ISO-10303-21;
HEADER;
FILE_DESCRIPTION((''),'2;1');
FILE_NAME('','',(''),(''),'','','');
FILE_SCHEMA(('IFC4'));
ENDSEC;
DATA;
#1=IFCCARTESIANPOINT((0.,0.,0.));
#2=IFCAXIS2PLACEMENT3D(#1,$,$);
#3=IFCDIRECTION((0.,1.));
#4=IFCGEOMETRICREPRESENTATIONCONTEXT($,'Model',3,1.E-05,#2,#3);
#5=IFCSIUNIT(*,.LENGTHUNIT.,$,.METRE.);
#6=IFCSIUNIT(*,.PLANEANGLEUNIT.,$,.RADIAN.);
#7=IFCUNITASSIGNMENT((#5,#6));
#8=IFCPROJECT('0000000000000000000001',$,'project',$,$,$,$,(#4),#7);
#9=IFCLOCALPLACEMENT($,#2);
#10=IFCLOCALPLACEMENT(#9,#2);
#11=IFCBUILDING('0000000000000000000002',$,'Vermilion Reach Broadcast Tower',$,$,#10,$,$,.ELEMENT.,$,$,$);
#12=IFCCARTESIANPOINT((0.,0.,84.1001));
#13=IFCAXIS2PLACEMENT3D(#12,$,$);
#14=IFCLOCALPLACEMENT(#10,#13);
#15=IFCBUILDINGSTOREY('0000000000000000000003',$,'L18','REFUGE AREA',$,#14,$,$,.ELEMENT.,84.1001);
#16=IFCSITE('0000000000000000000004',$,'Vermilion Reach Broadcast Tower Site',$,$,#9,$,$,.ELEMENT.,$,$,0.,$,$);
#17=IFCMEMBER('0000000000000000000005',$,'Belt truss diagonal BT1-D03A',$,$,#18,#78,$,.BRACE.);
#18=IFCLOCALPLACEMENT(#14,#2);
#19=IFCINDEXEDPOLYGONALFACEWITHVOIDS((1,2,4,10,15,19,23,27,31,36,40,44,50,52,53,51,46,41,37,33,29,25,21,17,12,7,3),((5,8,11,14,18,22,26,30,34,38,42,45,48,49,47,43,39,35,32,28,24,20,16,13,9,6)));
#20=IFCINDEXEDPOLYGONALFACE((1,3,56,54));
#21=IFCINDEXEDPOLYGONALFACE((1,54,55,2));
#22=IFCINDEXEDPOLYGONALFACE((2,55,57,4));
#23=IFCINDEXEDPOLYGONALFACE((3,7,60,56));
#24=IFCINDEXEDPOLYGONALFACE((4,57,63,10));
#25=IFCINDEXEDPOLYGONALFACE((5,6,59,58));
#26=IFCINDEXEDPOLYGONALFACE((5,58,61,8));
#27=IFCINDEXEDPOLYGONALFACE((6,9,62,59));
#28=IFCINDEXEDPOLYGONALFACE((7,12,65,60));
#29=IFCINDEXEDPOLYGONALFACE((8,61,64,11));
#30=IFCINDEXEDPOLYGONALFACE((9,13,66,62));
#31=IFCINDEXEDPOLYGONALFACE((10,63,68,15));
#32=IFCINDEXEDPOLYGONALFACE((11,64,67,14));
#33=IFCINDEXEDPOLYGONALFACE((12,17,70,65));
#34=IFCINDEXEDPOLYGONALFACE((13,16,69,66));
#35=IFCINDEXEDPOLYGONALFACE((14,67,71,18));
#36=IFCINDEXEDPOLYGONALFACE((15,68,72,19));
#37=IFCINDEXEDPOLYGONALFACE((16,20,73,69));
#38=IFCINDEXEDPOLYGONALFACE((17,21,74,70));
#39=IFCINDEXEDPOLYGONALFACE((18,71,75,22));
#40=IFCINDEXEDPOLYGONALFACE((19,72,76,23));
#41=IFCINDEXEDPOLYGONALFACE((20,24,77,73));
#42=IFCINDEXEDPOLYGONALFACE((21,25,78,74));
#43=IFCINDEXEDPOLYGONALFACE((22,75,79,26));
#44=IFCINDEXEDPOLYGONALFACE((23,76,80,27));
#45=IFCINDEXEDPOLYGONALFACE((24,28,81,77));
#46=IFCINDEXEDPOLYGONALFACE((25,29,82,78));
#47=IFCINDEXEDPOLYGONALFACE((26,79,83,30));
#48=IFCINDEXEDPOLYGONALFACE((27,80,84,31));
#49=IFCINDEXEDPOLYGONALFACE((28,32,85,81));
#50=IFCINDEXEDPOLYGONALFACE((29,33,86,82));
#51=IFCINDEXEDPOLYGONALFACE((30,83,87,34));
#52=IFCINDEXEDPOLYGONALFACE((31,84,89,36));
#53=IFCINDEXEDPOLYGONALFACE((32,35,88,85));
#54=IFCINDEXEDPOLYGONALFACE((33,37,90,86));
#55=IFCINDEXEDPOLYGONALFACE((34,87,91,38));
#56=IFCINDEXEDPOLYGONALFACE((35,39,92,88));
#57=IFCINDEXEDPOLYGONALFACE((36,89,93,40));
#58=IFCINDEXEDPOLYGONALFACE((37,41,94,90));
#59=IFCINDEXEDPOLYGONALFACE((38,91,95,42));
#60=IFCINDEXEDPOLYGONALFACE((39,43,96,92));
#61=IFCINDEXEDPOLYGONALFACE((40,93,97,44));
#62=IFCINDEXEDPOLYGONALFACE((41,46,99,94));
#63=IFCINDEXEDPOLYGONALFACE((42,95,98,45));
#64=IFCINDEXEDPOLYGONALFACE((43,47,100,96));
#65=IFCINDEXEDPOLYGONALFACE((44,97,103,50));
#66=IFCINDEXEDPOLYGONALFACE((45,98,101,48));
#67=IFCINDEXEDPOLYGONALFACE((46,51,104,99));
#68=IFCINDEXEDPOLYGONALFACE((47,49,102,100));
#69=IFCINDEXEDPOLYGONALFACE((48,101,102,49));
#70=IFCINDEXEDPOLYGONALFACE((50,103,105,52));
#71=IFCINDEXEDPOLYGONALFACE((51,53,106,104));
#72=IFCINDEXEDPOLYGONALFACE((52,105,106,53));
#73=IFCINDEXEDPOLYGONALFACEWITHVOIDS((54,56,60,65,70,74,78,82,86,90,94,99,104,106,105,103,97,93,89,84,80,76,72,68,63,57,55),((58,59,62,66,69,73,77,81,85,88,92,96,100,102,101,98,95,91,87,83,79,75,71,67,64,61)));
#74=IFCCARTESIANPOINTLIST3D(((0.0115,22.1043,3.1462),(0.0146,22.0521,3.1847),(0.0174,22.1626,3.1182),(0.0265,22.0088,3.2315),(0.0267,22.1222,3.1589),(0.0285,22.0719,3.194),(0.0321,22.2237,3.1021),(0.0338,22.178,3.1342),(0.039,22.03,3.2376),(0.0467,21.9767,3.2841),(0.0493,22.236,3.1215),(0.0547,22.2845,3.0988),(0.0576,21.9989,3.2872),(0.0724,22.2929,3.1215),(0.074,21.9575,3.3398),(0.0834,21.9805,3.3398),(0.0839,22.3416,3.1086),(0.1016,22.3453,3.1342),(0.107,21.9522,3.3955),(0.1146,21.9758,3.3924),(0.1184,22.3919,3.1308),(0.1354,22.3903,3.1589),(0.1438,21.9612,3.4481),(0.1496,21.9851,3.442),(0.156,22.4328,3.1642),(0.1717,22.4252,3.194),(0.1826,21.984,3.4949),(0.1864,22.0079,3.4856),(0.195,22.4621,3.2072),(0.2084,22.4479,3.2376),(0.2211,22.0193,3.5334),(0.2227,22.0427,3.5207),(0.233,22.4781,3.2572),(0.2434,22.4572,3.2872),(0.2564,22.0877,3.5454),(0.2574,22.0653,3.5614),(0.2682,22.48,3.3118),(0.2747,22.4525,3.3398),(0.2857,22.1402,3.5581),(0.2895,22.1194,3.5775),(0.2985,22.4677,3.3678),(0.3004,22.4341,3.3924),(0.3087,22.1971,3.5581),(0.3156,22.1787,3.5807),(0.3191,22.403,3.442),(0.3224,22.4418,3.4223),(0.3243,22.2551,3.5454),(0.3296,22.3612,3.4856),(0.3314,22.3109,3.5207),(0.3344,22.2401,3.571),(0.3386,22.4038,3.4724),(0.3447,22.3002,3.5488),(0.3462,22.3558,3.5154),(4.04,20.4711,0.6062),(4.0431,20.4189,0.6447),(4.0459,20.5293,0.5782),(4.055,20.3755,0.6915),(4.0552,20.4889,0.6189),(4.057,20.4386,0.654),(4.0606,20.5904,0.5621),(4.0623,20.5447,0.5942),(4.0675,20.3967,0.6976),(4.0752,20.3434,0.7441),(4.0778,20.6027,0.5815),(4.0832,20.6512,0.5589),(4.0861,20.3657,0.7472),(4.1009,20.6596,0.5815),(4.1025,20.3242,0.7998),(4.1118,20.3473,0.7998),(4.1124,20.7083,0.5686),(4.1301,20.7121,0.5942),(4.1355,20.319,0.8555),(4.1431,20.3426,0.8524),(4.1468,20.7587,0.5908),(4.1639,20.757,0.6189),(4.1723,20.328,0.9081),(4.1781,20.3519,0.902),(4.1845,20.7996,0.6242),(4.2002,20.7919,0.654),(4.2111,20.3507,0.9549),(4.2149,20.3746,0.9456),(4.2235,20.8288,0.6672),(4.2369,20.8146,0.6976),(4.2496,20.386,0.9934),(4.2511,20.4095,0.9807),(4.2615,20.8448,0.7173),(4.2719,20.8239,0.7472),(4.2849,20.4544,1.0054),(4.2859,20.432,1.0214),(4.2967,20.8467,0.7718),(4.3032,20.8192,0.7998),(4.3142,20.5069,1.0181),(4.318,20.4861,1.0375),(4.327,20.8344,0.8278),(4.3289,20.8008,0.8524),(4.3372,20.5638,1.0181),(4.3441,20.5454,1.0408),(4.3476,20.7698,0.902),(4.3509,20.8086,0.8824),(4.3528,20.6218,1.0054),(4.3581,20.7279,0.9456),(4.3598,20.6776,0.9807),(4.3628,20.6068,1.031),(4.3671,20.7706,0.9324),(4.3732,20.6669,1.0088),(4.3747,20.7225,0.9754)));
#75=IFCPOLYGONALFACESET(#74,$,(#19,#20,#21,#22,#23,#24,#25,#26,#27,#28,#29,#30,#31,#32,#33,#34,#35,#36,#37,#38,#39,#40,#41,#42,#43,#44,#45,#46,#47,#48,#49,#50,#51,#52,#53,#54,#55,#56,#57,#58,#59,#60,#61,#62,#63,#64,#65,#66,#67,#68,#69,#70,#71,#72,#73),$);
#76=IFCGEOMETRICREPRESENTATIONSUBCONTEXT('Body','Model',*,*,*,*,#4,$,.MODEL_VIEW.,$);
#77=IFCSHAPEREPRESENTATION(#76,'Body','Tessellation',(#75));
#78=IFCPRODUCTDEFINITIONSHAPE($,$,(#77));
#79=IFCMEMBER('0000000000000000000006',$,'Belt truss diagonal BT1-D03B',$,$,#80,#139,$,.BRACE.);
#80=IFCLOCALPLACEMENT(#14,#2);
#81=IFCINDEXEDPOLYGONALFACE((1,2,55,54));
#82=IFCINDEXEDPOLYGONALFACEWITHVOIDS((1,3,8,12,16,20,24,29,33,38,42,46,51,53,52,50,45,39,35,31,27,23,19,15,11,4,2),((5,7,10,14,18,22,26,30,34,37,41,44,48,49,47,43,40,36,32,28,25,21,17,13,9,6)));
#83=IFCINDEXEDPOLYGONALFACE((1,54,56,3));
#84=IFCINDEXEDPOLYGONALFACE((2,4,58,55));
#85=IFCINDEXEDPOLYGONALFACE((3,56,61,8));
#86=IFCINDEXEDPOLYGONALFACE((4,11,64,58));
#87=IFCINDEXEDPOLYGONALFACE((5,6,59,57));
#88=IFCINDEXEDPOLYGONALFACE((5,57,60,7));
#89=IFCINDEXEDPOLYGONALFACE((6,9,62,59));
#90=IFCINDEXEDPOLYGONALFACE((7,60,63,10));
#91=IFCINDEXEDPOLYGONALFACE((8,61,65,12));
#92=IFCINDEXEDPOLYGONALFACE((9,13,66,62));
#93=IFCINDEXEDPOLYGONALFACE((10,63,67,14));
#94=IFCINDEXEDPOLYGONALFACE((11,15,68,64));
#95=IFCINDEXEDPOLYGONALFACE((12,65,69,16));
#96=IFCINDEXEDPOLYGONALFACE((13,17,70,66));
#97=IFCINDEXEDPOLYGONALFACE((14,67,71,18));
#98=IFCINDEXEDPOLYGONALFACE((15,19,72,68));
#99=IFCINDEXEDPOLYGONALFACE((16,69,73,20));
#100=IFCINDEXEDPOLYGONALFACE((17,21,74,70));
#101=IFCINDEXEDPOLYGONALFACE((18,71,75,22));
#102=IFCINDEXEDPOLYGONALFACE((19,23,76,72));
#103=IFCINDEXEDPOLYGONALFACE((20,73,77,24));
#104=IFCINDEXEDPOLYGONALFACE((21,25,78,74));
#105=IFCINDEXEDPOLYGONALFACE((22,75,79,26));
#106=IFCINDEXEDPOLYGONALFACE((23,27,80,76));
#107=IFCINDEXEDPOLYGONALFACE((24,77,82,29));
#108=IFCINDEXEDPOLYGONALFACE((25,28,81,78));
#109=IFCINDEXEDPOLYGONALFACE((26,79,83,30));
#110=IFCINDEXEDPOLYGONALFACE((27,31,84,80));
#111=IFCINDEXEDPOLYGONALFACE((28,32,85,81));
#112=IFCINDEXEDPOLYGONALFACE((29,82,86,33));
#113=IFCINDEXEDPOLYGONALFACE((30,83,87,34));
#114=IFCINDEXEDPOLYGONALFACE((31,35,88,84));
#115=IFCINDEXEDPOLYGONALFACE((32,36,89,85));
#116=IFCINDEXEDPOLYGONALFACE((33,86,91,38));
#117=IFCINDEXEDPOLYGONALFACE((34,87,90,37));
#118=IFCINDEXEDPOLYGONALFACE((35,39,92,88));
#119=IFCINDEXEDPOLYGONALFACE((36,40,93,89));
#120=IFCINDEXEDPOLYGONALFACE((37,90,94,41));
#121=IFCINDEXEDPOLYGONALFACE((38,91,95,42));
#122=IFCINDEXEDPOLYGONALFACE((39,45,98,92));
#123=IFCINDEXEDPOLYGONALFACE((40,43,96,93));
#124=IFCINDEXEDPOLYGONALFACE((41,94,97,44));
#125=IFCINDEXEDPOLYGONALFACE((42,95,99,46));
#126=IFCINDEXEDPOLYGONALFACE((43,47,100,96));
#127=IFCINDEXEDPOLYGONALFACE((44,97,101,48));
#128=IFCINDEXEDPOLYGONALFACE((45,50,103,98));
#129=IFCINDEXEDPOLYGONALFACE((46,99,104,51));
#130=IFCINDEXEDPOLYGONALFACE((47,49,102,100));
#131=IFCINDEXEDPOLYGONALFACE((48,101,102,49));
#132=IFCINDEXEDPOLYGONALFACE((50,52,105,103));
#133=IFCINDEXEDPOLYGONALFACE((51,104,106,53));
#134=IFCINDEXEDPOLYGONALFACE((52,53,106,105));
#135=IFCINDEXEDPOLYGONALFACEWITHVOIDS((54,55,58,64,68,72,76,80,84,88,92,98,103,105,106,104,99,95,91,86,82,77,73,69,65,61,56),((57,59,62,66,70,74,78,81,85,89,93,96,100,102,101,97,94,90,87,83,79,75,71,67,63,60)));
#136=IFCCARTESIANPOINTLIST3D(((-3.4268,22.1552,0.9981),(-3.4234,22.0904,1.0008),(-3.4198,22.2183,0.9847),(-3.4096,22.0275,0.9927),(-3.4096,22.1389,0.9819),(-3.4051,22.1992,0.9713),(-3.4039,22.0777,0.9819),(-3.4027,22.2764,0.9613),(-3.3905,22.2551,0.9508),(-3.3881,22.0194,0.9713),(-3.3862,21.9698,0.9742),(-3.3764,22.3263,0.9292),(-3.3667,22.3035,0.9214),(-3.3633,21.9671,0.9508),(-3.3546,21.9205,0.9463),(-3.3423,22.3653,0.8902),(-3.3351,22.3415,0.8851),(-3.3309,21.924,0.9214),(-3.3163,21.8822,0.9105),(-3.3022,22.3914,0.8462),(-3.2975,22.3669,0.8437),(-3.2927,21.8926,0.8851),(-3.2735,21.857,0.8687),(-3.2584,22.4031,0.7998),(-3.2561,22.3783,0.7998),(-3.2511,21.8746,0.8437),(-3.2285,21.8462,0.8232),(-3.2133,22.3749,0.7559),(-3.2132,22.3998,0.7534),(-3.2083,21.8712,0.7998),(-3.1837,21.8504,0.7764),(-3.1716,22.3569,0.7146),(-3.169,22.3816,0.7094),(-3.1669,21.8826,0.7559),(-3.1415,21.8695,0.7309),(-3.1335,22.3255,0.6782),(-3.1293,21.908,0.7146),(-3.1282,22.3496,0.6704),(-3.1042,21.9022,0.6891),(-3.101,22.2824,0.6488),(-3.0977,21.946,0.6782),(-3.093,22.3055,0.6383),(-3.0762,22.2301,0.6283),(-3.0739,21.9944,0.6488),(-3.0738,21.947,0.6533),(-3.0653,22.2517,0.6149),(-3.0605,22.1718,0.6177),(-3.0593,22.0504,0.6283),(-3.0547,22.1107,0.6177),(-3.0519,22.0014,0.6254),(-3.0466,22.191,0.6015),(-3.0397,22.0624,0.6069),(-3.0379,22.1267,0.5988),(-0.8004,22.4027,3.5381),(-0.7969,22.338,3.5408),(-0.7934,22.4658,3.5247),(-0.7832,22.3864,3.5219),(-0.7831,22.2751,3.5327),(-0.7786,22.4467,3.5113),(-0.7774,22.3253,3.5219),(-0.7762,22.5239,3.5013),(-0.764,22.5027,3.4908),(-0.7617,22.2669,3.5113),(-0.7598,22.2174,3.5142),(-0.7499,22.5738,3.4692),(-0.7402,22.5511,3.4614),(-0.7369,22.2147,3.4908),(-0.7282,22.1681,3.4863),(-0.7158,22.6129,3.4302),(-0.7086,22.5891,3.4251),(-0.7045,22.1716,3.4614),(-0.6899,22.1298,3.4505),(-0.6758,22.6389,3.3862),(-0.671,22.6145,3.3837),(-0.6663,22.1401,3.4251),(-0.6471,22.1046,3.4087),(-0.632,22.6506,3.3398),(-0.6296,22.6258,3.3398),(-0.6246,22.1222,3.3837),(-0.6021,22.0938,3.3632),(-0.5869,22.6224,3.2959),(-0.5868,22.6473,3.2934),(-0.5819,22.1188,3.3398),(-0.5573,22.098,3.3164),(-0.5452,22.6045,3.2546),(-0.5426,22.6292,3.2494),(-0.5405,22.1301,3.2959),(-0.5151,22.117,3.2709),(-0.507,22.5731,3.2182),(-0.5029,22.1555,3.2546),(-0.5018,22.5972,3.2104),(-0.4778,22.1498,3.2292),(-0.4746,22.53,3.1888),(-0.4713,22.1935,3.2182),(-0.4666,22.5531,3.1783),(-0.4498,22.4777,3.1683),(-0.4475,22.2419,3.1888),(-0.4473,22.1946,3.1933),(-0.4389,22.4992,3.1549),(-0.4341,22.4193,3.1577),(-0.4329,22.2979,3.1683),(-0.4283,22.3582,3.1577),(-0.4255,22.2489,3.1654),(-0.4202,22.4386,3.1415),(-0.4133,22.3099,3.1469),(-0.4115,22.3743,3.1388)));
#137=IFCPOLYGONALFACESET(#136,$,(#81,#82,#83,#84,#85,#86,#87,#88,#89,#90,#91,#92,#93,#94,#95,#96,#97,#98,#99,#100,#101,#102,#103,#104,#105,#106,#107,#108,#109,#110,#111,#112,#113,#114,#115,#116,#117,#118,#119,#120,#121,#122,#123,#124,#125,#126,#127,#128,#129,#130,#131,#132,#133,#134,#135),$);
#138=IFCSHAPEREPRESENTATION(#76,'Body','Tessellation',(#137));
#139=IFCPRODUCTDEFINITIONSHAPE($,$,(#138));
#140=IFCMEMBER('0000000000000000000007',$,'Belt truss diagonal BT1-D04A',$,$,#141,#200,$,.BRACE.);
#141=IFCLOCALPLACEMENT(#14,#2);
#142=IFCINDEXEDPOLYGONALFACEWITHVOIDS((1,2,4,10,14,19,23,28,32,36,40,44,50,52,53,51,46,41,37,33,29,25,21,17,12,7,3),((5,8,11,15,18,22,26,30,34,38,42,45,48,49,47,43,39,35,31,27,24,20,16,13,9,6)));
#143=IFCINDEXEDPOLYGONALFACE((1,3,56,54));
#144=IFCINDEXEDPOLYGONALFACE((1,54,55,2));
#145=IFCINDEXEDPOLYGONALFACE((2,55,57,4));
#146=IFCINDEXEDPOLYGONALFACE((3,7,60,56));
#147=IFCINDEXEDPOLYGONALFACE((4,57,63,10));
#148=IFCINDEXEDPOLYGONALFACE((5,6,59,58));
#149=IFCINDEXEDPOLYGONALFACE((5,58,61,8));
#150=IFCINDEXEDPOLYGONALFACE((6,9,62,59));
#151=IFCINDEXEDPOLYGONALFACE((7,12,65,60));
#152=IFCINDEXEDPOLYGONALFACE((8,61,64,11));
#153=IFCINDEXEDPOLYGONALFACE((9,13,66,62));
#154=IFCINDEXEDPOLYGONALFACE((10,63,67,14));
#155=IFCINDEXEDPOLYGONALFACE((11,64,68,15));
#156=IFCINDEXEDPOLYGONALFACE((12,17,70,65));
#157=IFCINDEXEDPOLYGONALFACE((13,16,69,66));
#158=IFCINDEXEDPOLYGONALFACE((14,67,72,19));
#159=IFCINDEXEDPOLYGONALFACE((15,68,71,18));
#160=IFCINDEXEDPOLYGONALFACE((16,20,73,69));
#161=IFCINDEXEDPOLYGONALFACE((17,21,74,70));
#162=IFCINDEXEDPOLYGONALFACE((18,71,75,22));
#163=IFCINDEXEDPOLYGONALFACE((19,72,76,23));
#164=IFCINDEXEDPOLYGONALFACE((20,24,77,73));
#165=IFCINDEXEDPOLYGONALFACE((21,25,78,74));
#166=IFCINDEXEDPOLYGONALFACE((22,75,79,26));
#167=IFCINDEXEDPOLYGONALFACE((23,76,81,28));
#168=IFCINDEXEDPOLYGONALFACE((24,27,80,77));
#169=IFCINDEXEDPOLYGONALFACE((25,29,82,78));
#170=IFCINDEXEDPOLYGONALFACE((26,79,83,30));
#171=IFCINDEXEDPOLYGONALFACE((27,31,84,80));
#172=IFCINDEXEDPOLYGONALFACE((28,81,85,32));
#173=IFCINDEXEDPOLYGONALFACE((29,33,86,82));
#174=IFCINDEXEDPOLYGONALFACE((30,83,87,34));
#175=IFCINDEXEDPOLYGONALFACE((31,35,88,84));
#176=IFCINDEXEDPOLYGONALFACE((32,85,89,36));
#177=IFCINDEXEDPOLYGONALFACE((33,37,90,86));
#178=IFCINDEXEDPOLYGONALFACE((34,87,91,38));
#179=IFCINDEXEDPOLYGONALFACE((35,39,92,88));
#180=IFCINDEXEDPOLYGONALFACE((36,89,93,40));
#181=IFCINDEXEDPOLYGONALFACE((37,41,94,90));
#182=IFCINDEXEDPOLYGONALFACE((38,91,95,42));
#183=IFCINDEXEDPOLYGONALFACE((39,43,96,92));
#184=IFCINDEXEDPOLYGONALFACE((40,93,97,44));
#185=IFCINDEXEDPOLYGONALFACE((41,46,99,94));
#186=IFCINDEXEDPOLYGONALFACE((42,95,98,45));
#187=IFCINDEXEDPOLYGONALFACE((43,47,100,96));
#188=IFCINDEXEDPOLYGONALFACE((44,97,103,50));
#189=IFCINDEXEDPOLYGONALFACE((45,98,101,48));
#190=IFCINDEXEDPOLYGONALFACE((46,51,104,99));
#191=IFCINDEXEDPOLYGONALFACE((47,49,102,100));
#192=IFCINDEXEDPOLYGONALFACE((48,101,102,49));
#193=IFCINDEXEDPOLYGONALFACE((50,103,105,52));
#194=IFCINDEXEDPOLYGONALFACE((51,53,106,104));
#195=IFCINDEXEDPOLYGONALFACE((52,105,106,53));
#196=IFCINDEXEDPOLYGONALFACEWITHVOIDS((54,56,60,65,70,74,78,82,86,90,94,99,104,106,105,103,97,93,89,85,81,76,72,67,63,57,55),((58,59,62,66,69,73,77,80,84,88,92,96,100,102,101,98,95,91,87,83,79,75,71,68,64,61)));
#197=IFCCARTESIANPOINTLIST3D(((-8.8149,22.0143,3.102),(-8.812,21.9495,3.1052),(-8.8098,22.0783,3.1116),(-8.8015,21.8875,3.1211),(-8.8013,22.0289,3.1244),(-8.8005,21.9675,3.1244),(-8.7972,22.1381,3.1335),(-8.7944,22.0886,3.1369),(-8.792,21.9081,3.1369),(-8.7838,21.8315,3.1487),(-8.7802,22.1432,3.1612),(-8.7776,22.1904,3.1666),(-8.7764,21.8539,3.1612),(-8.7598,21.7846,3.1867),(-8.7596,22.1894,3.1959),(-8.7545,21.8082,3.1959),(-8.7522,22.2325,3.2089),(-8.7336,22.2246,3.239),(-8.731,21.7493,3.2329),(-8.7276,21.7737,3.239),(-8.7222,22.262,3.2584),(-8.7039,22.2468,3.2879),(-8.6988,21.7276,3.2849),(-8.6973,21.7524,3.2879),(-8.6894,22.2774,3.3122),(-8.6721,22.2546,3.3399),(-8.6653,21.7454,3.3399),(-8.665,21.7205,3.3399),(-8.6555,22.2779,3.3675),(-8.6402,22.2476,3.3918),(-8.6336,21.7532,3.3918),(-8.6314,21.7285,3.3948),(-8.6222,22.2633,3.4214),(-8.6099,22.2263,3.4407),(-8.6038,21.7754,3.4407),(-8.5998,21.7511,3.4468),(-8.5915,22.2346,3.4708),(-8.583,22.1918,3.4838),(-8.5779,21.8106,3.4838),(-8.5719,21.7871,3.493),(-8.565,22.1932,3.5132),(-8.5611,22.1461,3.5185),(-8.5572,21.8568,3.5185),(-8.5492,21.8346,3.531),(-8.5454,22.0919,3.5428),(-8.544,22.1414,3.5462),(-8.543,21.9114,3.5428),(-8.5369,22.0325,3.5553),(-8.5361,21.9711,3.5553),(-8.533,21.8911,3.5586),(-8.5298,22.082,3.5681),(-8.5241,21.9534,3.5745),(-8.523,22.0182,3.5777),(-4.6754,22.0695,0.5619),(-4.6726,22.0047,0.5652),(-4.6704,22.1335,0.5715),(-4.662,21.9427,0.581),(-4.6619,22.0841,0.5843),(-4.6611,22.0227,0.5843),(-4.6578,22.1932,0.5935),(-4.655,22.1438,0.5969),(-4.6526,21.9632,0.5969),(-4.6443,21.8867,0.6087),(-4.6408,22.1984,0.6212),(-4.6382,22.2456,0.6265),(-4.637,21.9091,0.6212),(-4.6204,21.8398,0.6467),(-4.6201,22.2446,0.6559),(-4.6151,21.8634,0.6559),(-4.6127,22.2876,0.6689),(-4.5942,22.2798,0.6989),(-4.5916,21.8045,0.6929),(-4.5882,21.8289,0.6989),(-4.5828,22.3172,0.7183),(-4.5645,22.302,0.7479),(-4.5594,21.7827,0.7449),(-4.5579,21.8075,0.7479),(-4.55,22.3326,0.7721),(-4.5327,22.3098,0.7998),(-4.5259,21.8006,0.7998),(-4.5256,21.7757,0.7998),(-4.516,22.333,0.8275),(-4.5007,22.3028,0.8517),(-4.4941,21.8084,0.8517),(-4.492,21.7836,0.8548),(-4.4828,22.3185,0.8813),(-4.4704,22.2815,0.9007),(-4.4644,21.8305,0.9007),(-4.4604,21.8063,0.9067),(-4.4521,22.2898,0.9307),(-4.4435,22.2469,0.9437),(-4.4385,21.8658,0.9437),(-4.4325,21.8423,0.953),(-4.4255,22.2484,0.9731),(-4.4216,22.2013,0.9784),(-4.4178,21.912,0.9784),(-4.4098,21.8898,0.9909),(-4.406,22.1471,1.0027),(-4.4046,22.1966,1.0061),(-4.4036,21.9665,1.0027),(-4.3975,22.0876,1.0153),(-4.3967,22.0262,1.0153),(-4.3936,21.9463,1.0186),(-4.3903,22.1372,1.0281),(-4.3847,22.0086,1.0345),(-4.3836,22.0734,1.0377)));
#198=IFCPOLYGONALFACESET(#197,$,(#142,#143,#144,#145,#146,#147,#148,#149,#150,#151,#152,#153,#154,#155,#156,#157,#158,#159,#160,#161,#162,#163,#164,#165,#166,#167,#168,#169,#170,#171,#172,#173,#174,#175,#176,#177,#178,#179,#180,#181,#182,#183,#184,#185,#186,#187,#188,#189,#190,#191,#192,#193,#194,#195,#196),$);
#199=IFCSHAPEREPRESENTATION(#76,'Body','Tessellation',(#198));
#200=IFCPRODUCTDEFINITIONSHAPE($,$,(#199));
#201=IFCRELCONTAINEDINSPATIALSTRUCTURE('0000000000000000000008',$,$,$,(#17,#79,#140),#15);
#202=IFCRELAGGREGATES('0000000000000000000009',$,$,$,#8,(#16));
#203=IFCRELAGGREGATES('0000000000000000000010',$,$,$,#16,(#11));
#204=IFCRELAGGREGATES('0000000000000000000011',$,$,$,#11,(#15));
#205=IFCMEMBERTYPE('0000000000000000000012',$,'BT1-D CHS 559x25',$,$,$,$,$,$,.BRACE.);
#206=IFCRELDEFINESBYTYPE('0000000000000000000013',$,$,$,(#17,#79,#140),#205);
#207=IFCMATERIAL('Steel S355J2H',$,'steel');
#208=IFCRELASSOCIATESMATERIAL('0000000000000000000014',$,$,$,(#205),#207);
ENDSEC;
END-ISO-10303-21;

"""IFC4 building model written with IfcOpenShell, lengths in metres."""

from ifc_helpers import new_model, si_unit, direction, frame, origin, origin_2d, place, context, subcontext, project, spatial, hollow_circle, extrude, material, material_profile, profile_set, type_object, element, save


model = new_model("IFC4")

# Units and contexts
model_context = context("Model", 3, precision=1e-05, world=origin(), true_north=direction((0.0, 1.0)))
body_context = subcontext(model_context, "Body", "Model", "MODEL_VIEW")
ifc_project = project(units=[si_unit("LENGTHUNIT", "METRE"), si_unit("PLANEANGLEUNIT", "RADIAN")], contexts=[model_context])

# Site, building, storey
site_placement = place(None, origin())
site = spatial("IfcSite", under=ifc_project, at=site_placement, Name="Vermilion Reach Broadcast Tower Site", CompositionType="ELEMENT", RefElevation=0.0)
building_placement = place(site_placement, origin())
building = spatial("IfcBuilding", under=site, at=building_placement, Name="Vermilion Reach Broadcast Tower", CompositionType="ELEMENT")
storey_placement = place(building_placement, frame((0.0, 0.0, 84.1001)))
storey = spatial("IfcBuildingStorey", under=building, at=storey_placement, Name="L18", Description="REFUGE AREA", CompositionType="ELEMENT", Elevation=84.1001)

# Members
ifc_material_1 = material(Name="Steel S355J2H", Category="steel")
ifc_material_profile_1 = material_profile(ifc_material_1, hollow_circle(Radius=0.2795, WallThickness=0.0249, at=origin_2d()), Name="S355J2H CHS 559x25")
ifc_profile_set_1 = profile_set([ifc_material_profile_1], Name="Steel S355J2H")
member_type_1 = type_object("IfcMemberType", Name="BT1-D CHS 559x25", PredefinedType="BRACE", material=ifc_profile_set_1)
member_1_placement = place(storey_placement, frame((4.2075, 20.5833, 0.7998), z_axis=(-0.80015, 0.324405, 0.504501), x_axis=(-0.375725, -0.926731, 0.0)))
element("IfcMember", 1, at=member_1_placement, inside=storey, type_object=member_type_1, Name="Belt truss diagonal BT1-D03A", PredefinedType="BRACE", context=body_context, shape_type="SweptSolid", body=[
    extrude(hollow_circle(Radius=0.2795, WallThickness=0.0249, at=origin_2d()), origin(), (0.0, 0.0, 1.0), 5.0347),
])
member_2_placement = place(storey_placement, frame((-3.2322, 22.1248, 0.7998), z_axis=(0.71719, 0.067599, 0.693591), x_axis=(-0.09384, 0.995587, 0.0)))
element("IfcMember", 2, at=member_2_placement, inside=storey, type_object=member_type_1, Name="Belt truss diagonal BT1-D03B", PredefinedType="BRACE", context=body_context, shape_type="SweptSolid", body=[
    extrude(hollow_circle(Radius=0.2795, WallThickness=0.0249, at=origin_2d()), origin(), (0.0, 0.0, 1.0), 3.6621),
])
member_3_placement = place(storey_placement, frame((-4.5293, 22.0552, 0.7998), z_axis=(-0.852272, -0.01136, 0.522975), x_axis=(0.013328, -0.999911, 0.0)))
element("IfcMember", 3, at=member_3_placement, inside=storey, type_object=member_type_1, Name="Belt truss diagonal BT1-D04A", PredefinedType="BRACE", context=body_context, shape_type="SweptSolid", body=[
    extrude(hollow_circle(Radius=0.2795, WallThickness=0.0249, at=origin_2d()), origin(), (0.0, 0.0, 1.0), 4.8569),
])

save(model, "model.ifc")
